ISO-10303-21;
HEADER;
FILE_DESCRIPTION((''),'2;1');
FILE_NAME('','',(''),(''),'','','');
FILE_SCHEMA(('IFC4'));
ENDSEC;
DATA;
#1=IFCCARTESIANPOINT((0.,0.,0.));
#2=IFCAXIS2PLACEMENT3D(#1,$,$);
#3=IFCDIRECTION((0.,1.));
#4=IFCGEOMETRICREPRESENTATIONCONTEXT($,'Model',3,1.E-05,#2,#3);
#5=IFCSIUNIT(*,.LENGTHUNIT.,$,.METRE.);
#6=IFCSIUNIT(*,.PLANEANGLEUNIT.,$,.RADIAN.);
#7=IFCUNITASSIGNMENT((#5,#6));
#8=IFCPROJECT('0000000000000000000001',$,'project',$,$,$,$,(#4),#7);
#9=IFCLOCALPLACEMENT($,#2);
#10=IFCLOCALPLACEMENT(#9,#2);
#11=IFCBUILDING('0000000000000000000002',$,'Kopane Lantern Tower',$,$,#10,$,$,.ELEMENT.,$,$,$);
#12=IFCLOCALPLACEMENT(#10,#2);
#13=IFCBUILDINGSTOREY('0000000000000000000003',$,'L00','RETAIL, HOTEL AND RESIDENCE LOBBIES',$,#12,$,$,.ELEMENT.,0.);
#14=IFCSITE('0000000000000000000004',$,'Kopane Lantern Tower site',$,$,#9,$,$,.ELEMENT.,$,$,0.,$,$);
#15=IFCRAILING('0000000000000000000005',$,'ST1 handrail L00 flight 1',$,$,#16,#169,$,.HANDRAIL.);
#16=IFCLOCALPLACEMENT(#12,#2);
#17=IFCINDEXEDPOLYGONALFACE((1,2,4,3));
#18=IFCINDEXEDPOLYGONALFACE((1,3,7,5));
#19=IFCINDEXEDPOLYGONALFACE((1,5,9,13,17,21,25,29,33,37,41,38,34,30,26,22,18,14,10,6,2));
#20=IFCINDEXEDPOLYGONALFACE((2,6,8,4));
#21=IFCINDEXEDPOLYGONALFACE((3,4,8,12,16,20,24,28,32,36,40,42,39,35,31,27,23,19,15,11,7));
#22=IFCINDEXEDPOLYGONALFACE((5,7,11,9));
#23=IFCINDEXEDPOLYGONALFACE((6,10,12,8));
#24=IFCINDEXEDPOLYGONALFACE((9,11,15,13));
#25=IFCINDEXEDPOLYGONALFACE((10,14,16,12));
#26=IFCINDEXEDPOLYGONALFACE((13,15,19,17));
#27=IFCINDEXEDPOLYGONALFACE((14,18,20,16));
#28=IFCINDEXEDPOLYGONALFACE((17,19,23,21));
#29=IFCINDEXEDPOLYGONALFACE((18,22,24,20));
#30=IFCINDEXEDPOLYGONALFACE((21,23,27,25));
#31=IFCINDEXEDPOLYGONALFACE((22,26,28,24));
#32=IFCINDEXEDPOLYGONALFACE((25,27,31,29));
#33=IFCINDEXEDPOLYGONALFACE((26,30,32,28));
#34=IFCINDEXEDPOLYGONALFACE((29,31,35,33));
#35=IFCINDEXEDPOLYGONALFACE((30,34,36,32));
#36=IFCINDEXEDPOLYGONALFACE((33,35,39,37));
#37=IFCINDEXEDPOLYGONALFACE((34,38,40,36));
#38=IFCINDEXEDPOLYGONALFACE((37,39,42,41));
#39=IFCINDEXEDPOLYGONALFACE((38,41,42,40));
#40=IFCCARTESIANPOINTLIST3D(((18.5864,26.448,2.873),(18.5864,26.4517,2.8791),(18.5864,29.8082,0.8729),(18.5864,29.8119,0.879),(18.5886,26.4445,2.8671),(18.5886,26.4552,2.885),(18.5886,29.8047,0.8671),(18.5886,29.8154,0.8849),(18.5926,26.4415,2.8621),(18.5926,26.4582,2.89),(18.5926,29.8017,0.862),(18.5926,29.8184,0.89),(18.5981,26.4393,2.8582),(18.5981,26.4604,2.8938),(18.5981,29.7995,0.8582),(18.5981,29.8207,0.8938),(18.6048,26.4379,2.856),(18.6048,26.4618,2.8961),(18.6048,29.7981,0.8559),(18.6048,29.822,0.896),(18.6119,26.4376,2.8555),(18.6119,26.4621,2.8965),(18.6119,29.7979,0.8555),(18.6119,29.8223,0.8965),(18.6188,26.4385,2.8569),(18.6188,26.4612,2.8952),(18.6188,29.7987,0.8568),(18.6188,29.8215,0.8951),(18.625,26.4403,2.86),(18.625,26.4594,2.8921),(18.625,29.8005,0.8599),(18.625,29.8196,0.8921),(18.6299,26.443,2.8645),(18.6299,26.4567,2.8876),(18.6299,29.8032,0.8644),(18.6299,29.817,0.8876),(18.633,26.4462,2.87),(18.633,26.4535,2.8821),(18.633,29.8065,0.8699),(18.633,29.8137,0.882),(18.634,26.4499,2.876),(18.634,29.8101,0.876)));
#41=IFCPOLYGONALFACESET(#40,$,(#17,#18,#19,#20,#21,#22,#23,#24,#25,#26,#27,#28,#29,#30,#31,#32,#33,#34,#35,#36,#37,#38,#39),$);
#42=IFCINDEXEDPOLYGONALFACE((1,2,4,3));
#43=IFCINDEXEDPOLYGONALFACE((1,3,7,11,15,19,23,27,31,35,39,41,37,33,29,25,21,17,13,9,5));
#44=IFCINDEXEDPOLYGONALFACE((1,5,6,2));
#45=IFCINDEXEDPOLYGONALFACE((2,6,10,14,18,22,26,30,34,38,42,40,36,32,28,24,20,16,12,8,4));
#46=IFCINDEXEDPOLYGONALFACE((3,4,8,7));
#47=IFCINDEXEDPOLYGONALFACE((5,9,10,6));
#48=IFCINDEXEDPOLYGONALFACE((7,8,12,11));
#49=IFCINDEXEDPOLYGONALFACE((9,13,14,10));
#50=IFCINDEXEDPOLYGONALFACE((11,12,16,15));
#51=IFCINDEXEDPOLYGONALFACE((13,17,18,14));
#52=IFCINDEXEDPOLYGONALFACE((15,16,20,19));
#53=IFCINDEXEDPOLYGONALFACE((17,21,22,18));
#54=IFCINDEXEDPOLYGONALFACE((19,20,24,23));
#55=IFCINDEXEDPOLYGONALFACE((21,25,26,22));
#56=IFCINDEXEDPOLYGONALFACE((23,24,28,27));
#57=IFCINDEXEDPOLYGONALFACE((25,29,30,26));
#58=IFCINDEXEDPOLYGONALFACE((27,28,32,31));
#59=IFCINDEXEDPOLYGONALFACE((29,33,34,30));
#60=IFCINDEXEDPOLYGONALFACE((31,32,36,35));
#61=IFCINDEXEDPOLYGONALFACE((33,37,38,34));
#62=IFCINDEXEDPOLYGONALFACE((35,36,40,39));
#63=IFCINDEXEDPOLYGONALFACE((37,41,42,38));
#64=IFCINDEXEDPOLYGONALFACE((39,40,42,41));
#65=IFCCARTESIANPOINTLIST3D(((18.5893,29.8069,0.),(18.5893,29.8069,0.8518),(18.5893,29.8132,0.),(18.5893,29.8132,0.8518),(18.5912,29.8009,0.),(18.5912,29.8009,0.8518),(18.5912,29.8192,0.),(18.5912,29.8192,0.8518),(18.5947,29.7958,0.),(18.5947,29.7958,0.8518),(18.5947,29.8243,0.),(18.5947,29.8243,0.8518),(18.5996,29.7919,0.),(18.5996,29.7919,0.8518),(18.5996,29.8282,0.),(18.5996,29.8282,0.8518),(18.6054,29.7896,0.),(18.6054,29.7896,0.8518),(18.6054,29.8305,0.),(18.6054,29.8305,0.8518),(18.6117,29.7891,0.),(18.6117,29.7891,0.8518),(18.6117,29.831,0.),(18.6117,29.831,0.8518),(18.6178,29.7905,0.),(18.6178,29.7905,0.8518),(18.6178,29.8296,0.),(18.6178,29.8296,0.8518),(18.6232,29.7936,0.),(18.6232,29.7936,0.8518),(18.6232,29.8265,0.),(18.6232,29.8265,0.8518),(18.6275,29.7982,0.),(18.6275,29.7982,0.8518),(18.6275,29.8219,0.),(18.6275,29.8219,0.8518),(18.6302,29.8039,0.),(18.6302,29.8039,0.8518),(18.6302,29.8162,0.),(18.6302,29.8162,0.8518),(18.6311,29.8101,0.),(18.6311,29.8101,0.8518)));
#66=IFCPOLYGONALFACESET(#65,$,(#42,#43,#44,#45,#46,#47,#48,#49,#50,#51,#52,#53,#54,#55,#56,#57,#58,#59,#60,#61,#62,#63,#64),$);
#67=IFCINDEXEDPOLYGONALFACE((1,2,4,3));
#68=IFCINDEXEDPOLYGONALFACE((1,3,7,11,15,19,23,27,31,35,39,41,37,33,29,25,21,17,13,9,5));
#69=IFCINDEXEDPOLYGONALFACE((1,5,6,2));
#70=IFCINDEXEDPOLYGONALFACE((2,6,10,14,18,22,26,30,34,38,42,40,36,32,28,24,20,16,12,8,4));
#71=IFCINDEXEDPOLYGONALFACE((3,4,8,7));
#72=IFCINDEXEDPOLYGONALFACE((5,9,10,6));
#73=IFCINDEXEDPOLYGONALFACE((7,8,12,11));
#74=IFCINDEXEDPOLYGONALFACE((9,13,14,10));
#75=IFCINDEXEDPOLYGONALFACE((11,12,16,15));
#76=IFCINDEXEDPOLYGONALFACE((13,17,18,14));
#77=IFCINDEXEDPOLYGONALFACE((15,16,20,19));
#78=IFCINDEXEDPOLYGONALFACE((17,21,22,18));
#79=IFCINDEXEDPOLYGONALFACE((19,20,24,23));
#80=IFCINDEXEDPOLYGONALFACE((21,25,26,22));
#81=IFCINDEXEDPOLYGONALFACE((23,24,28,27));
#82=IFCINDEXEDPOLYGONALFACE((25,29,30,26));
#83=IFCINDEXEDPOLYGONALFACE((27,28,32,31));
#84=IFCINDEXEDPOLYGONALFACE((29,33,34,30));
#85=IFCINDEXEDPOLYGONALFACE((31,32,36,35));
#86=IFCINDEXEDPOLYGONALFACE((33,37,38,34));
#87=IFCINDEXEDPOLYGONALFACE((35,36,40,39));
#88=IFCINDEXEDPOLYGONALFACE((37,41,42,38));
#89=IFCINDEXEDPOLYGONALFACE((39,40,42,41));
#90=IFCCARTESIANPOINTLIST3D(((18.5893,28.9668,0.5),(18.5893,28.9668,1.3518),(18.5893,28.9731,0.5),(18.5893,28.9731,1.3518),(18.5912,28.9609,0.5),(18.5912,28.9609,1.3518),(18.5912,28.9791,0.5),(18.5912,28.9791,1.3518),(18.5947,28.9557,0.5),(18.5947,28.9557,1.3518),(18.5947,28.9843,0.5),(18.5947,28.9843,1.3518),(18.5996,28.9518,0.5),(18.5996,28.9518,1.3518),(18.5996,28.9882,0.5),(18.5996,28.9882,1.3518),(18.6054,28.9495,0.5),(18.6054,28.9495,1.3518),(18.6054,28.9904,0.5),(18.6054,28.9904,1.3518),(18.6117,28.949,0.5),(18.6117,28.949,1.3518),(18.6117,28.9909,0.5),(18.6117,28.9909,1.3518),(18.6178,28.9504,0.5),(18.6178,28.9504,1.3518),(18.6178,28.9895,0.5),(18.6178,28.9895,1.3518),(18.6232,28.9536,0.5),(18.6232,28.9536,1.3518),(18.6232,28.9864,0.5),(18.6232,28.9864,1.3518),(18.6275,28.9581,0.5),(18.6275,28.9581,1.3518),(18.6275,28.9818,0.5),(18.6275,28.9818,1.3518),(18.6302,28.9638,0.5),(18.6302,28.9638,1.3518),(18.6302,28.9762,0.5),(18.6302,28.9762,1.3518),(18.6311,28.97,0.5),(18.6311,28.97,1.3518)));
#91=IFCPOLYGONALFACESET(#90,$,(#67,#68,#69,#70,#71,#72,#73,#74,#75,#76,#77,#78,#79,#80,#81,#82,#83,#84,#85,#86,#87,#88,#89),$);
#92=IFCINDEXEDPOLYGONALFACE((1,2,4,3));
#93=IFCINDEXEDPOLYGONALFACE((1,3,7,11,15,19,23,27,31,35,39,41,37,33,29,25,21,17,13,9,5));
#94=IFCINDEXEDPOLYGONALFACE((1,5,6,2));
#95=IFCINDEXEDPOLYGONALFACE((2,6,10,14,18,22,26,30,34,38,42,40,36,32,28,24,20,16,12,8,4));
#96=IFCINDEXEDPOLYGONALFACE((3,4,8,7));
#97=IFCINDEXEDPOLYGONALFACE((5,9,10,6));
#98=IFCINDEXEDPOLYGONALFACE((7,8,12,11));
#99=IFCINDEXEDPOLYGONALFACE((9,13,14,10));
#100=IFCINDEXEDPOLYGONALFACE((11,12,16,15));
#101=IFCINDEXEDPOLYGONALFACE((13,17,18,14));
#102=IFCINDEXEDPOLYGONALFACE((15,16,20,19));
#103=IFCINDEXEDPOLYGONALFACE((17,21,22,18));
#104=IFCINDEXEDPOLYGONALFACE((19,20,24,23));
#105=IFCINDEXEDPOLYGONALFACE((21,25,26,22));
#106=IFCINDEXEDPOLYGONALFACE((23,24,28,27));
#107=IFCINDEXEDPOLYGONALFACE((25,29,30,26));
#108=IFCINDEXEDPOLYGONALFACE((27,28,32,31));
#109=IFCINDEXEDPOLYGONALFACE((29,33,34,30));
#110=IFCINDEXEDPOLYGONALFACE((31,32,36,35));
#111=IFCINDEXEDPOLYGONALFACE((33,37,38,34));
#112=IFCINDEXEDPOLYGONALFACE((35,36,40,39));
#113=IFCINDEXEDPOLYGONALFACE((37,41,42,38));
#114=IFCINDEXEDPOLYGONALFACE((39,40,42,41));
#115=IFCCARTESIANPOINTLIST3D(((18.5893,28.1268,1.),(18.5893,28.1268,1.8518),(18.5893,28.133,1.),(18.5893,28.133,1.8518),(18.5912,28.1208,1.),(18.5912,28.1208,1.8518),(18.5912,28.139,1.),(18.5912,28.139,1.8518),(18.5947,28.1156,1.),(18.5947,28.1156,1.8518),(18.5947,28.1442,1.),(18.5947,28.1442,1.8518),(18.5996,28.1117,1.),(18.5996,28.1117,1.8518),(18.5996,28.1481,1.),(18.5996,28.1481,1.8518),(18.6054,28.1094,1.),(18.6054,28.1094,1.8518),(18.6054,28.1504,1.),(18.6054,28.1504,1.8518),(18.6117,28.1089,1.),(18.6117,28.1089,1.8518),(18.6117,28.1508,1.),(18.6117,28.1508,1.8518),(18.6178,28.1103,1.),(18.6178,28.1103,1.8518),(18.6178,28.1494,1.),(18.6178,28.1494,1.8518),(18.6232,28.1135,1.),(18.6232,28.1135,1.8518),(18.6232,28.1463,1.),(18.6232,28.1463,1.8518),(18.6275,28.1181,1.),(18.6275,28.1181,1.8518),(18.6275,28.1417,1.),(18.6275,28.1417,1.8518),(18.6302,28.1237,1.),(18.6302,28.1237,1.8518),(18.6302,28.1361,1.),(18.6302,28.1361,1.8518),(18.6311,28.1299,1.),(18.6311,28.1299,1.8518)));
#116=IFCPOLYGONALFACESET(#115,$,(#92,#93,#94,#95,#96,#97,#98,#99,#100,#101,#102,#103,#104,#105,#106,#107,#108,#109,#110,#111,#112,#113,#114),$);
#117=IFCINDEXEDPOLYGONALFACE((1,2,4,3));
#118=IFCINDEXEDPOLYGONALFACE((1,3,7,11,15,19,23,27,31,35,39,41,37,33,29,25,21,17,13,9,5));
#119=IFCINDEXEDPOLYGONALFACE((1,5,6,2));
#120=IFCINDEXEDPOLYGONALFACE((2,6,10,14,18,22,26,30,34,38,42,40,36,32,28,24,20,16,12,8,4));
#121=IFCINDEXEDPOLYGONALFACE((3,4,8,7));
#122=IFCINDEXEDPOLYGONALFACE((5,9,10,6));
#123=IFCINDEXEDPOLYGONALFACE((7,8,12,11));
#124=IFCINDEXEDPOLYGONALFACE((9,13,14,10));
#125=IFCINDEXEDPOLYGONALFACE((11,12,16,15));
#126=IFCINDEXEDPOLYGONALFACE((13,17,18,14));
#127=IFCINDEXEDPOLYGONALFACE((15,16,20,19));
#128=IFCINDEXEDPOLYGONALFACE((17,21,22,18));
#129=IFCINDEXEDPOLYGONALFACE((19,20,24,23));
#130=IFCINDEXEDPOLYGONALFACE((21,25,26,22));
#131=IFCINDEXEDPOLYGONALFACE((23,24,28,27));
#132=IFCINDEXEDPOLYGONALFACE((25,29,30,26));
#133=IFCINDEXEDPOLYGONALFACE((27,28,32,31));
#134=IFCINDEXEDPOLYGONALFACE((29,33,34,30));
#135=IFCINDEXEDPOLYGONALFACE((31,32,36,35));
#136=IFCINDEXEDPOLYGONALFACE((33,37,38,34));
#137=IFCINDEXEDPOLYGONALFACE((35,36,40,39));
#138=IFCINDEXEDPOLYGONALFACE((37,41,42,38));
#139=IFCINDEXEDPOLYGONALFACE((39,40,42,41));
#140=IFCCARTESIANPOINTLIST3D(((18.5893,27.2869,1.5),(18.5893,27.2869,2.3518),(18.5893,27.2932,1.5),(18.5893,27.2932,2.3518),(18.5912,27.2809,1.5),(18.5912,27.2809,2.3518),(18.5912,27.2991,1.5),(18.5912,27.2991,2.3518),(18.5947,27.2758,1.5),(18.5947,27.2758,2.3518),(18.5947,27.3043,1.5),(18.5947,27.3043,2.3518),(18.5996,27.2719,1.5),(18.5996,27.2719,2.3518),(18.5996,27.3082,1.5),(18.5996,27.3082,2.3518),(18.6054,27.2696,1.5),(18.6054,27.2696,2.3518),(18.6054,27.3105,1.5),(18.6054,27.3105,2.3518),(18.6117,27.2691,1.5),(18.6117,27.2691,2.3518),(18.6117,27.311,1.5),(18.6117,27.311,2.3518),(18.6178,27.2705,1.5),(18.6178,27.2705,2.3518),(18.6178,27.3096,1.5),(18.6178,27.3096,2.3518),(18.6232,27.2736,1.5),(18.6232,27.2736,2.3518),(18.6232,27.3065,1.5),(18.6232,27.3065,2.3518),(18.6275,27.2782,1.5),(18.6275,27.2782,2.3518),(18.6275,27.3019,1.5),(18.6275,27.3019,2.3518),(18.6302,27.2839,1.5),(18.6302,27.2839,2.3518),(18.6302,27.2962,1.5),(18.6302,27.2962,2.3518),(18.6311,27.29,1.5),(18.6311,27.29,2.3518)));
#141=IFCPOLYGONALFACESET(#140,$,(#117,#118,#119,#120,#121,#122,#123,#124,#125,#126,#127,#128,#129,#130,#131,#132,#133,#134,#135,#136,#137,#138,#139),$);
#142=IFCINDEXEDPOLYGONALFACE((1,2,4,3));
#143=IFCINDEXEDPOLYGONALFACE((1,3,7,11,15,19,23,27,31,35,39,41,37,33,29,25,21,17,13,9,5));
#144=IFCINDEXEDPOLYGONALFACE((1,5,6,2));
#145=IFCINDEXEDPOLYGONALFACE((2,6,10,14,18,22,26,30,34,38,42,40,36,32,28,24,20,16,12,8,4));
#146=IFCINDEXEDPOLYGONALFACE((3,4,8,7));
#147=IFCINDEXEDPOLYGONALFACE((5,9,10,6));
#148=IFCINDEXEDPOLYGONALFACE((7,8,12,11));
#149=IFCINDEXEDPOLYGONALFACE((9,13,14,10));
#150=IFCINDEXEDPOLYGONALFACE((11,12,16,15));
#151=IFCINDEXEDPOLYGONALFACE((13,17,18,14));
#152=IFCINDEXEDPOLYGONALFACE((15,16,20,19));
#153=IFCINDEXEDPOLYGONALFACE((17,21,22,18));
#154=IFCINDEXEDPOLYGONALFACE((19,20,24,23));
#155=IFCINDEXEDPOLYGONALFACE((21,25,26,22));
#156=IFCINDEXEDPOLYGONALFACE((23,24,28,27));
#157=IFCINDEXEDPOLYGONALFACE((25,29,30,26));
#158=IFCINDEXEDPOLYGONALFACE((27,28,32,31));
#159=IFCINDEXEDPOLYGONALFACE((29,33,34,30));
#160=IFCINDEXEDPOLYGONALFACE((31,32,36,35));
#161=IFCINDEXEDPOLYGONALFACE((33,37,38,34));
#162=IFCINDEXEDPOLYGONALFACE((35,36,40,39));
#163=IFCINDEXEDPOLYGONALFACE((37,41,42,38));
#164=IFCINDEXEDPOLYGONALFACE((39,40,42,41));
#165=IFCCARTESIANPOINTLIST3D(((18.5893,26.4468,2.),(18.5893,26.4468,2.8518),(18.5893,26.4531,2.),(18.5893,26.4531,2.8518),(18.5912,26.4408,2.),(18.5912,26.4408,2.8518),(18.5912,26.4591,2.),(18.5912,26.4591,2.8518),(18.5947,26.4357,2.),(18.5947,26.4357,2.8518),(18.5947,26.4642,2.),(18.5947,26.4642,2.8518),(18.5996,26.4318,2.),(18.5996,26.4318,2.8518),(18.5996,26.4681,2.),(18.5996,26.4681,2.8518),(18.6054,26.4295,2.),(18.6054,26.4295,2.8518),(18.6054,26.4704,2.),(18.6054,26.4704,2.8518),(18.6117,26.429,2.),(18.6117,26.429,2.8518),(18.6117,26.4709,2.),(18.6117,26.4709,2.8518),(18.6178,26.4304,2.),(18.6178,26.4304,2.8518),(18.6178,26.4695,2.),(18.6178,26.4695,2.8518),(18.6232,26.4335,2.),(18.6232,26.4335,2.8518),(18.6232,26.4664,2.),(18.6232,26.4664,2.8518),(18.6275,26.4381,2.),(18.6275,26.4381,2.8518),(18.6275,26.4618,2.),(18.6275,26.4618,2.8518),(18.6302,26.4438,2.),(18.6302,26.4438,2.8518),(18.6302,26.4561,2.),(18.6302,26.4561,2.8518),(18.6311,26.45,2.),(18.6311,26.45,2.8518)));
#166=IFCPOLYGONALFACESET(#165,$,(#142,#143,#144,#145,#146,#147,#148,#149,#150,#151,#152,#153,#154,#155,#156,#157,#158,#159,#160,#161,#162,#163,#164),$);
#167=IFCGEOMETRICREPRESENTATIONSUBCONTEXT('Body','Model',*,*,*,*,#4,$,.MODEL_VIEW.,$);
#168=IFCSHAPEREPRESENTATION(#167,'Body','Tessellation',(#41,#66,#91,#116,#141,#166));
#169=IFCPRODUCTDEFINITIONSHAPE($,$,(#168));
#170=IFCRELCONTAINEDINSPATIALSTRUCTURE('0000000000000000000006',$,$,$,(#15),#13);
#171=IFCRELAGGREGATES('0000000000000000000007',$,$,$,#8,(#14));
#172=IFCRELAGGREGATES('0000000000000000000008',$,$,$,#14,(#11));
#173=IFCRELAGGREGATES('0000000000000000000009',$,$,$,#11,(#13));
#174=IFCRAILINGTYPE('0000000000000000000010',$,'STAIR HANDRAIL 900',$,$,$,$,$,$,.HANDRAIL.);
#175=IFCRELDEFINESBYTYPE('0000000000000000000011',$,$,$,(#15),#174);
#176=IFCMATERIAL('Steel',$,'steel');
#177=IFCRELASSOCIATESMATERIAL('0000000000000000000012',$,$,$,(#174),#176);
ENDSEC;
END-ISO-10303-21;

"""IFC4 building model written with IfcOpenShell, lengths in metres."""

from ifc_helpers import new_model, si_unit, direction, frame, origin, origin_2d, place, context, subcontext, project, spatial, circle, extrude, material, type_object, element, save


model = new_model("IFC4")

# Units and contexts
model_context = context("Model", 3, precision=1e-05, world=origin(), true_north=direction((0.0, 1.0)))
body_context = subcontext(model_context, "Body", "Model", "MODEL_VIEW")
ifc_project = project(units=[si_unit("LENGTHUNIT", "METRE"), si_unit("PLANEANGLEUNIT", "RADIAN")], contexts=[model_context])

# Site, building, storey
site_placement = place(None, origin())
site = spatial("IfcSite", under=ifc_project, at=site_placement, Name="Kopane Lantern Tower site", CompositionType="ELEMENT", RefElevation=0.0)
building_placement = place(site_placement, origin())
building = spatial("IfcBuilding", under=site, at=building_placement, Name="Kopane Lantern Tower", CompositionType="ELEMENT")
storey_placement = place(building_placement, origin())
storey = spatial("IfcBuildingStorey", under=building, at=storey_placement, Name="L00", Description="RETAIL, HOTEL AND RESIDENCE LOBBIES", CompositionType="ELEMENT", Elevation=0.0)

# Railing
ifc_material_1 = material(Name="Steel", Category="steel")
railing_type_1 = type_object("IfcRailingType", Name="STAIR HANDRAIL 900", PredefinedType="HANDRAIL", material=ifc_material_1)
for number, where, name in (
    (1, (18.6101, 29.8101, 0.0), "ST1 handrail L00 flight 1"),
):
    element("IfcRailing", number, at=place(storey_placement, frame(where)), inside=storey, type_object=railing_type_1, Name=name, PredefinedType="HANDRAIL", context=body_context, shape_type="SweptSolid", body=[
        extrude(circle(Radius=0.0239, at=origin_2d()), frame((0.0, 0.0, 0.876), z_axis=(0.0, -0.8593, 0.511472), x_axis=(1.0, 0.0, 0.0)), (0.0, 0.0, 1.0), 3.9104),
        extrude(circle(Radius=0.021, at=origin_2d()), origin(), (0.0, 0.0, 1.0), 0.8518),
        extrude(circle(Radius=0.021, at=origin_2d()), frame((0.0, -0.8401, 0.5)), (0.0, 0.0, 1.0), 0.8518),
        extrude(circle(Radius=0.021, at=origin_2d()), frame((0.0, -1.6802, 1.0)), (0.0, 0.0, 1.0), 0.8518),
        extrude(circle(Radius=0.021, at=origin_2d()), frame((0.0, -2.52, 1.5)), (0.0, 0.0, 1.0), 0.8518),
        extrude(circle(Radius=0.021, at=origin_2d()), frame((0.0, -3.3601, 2.0)), (0.0, 0.0, 1.0), 0.8518),
    ])

save(model, "model.ifc")
